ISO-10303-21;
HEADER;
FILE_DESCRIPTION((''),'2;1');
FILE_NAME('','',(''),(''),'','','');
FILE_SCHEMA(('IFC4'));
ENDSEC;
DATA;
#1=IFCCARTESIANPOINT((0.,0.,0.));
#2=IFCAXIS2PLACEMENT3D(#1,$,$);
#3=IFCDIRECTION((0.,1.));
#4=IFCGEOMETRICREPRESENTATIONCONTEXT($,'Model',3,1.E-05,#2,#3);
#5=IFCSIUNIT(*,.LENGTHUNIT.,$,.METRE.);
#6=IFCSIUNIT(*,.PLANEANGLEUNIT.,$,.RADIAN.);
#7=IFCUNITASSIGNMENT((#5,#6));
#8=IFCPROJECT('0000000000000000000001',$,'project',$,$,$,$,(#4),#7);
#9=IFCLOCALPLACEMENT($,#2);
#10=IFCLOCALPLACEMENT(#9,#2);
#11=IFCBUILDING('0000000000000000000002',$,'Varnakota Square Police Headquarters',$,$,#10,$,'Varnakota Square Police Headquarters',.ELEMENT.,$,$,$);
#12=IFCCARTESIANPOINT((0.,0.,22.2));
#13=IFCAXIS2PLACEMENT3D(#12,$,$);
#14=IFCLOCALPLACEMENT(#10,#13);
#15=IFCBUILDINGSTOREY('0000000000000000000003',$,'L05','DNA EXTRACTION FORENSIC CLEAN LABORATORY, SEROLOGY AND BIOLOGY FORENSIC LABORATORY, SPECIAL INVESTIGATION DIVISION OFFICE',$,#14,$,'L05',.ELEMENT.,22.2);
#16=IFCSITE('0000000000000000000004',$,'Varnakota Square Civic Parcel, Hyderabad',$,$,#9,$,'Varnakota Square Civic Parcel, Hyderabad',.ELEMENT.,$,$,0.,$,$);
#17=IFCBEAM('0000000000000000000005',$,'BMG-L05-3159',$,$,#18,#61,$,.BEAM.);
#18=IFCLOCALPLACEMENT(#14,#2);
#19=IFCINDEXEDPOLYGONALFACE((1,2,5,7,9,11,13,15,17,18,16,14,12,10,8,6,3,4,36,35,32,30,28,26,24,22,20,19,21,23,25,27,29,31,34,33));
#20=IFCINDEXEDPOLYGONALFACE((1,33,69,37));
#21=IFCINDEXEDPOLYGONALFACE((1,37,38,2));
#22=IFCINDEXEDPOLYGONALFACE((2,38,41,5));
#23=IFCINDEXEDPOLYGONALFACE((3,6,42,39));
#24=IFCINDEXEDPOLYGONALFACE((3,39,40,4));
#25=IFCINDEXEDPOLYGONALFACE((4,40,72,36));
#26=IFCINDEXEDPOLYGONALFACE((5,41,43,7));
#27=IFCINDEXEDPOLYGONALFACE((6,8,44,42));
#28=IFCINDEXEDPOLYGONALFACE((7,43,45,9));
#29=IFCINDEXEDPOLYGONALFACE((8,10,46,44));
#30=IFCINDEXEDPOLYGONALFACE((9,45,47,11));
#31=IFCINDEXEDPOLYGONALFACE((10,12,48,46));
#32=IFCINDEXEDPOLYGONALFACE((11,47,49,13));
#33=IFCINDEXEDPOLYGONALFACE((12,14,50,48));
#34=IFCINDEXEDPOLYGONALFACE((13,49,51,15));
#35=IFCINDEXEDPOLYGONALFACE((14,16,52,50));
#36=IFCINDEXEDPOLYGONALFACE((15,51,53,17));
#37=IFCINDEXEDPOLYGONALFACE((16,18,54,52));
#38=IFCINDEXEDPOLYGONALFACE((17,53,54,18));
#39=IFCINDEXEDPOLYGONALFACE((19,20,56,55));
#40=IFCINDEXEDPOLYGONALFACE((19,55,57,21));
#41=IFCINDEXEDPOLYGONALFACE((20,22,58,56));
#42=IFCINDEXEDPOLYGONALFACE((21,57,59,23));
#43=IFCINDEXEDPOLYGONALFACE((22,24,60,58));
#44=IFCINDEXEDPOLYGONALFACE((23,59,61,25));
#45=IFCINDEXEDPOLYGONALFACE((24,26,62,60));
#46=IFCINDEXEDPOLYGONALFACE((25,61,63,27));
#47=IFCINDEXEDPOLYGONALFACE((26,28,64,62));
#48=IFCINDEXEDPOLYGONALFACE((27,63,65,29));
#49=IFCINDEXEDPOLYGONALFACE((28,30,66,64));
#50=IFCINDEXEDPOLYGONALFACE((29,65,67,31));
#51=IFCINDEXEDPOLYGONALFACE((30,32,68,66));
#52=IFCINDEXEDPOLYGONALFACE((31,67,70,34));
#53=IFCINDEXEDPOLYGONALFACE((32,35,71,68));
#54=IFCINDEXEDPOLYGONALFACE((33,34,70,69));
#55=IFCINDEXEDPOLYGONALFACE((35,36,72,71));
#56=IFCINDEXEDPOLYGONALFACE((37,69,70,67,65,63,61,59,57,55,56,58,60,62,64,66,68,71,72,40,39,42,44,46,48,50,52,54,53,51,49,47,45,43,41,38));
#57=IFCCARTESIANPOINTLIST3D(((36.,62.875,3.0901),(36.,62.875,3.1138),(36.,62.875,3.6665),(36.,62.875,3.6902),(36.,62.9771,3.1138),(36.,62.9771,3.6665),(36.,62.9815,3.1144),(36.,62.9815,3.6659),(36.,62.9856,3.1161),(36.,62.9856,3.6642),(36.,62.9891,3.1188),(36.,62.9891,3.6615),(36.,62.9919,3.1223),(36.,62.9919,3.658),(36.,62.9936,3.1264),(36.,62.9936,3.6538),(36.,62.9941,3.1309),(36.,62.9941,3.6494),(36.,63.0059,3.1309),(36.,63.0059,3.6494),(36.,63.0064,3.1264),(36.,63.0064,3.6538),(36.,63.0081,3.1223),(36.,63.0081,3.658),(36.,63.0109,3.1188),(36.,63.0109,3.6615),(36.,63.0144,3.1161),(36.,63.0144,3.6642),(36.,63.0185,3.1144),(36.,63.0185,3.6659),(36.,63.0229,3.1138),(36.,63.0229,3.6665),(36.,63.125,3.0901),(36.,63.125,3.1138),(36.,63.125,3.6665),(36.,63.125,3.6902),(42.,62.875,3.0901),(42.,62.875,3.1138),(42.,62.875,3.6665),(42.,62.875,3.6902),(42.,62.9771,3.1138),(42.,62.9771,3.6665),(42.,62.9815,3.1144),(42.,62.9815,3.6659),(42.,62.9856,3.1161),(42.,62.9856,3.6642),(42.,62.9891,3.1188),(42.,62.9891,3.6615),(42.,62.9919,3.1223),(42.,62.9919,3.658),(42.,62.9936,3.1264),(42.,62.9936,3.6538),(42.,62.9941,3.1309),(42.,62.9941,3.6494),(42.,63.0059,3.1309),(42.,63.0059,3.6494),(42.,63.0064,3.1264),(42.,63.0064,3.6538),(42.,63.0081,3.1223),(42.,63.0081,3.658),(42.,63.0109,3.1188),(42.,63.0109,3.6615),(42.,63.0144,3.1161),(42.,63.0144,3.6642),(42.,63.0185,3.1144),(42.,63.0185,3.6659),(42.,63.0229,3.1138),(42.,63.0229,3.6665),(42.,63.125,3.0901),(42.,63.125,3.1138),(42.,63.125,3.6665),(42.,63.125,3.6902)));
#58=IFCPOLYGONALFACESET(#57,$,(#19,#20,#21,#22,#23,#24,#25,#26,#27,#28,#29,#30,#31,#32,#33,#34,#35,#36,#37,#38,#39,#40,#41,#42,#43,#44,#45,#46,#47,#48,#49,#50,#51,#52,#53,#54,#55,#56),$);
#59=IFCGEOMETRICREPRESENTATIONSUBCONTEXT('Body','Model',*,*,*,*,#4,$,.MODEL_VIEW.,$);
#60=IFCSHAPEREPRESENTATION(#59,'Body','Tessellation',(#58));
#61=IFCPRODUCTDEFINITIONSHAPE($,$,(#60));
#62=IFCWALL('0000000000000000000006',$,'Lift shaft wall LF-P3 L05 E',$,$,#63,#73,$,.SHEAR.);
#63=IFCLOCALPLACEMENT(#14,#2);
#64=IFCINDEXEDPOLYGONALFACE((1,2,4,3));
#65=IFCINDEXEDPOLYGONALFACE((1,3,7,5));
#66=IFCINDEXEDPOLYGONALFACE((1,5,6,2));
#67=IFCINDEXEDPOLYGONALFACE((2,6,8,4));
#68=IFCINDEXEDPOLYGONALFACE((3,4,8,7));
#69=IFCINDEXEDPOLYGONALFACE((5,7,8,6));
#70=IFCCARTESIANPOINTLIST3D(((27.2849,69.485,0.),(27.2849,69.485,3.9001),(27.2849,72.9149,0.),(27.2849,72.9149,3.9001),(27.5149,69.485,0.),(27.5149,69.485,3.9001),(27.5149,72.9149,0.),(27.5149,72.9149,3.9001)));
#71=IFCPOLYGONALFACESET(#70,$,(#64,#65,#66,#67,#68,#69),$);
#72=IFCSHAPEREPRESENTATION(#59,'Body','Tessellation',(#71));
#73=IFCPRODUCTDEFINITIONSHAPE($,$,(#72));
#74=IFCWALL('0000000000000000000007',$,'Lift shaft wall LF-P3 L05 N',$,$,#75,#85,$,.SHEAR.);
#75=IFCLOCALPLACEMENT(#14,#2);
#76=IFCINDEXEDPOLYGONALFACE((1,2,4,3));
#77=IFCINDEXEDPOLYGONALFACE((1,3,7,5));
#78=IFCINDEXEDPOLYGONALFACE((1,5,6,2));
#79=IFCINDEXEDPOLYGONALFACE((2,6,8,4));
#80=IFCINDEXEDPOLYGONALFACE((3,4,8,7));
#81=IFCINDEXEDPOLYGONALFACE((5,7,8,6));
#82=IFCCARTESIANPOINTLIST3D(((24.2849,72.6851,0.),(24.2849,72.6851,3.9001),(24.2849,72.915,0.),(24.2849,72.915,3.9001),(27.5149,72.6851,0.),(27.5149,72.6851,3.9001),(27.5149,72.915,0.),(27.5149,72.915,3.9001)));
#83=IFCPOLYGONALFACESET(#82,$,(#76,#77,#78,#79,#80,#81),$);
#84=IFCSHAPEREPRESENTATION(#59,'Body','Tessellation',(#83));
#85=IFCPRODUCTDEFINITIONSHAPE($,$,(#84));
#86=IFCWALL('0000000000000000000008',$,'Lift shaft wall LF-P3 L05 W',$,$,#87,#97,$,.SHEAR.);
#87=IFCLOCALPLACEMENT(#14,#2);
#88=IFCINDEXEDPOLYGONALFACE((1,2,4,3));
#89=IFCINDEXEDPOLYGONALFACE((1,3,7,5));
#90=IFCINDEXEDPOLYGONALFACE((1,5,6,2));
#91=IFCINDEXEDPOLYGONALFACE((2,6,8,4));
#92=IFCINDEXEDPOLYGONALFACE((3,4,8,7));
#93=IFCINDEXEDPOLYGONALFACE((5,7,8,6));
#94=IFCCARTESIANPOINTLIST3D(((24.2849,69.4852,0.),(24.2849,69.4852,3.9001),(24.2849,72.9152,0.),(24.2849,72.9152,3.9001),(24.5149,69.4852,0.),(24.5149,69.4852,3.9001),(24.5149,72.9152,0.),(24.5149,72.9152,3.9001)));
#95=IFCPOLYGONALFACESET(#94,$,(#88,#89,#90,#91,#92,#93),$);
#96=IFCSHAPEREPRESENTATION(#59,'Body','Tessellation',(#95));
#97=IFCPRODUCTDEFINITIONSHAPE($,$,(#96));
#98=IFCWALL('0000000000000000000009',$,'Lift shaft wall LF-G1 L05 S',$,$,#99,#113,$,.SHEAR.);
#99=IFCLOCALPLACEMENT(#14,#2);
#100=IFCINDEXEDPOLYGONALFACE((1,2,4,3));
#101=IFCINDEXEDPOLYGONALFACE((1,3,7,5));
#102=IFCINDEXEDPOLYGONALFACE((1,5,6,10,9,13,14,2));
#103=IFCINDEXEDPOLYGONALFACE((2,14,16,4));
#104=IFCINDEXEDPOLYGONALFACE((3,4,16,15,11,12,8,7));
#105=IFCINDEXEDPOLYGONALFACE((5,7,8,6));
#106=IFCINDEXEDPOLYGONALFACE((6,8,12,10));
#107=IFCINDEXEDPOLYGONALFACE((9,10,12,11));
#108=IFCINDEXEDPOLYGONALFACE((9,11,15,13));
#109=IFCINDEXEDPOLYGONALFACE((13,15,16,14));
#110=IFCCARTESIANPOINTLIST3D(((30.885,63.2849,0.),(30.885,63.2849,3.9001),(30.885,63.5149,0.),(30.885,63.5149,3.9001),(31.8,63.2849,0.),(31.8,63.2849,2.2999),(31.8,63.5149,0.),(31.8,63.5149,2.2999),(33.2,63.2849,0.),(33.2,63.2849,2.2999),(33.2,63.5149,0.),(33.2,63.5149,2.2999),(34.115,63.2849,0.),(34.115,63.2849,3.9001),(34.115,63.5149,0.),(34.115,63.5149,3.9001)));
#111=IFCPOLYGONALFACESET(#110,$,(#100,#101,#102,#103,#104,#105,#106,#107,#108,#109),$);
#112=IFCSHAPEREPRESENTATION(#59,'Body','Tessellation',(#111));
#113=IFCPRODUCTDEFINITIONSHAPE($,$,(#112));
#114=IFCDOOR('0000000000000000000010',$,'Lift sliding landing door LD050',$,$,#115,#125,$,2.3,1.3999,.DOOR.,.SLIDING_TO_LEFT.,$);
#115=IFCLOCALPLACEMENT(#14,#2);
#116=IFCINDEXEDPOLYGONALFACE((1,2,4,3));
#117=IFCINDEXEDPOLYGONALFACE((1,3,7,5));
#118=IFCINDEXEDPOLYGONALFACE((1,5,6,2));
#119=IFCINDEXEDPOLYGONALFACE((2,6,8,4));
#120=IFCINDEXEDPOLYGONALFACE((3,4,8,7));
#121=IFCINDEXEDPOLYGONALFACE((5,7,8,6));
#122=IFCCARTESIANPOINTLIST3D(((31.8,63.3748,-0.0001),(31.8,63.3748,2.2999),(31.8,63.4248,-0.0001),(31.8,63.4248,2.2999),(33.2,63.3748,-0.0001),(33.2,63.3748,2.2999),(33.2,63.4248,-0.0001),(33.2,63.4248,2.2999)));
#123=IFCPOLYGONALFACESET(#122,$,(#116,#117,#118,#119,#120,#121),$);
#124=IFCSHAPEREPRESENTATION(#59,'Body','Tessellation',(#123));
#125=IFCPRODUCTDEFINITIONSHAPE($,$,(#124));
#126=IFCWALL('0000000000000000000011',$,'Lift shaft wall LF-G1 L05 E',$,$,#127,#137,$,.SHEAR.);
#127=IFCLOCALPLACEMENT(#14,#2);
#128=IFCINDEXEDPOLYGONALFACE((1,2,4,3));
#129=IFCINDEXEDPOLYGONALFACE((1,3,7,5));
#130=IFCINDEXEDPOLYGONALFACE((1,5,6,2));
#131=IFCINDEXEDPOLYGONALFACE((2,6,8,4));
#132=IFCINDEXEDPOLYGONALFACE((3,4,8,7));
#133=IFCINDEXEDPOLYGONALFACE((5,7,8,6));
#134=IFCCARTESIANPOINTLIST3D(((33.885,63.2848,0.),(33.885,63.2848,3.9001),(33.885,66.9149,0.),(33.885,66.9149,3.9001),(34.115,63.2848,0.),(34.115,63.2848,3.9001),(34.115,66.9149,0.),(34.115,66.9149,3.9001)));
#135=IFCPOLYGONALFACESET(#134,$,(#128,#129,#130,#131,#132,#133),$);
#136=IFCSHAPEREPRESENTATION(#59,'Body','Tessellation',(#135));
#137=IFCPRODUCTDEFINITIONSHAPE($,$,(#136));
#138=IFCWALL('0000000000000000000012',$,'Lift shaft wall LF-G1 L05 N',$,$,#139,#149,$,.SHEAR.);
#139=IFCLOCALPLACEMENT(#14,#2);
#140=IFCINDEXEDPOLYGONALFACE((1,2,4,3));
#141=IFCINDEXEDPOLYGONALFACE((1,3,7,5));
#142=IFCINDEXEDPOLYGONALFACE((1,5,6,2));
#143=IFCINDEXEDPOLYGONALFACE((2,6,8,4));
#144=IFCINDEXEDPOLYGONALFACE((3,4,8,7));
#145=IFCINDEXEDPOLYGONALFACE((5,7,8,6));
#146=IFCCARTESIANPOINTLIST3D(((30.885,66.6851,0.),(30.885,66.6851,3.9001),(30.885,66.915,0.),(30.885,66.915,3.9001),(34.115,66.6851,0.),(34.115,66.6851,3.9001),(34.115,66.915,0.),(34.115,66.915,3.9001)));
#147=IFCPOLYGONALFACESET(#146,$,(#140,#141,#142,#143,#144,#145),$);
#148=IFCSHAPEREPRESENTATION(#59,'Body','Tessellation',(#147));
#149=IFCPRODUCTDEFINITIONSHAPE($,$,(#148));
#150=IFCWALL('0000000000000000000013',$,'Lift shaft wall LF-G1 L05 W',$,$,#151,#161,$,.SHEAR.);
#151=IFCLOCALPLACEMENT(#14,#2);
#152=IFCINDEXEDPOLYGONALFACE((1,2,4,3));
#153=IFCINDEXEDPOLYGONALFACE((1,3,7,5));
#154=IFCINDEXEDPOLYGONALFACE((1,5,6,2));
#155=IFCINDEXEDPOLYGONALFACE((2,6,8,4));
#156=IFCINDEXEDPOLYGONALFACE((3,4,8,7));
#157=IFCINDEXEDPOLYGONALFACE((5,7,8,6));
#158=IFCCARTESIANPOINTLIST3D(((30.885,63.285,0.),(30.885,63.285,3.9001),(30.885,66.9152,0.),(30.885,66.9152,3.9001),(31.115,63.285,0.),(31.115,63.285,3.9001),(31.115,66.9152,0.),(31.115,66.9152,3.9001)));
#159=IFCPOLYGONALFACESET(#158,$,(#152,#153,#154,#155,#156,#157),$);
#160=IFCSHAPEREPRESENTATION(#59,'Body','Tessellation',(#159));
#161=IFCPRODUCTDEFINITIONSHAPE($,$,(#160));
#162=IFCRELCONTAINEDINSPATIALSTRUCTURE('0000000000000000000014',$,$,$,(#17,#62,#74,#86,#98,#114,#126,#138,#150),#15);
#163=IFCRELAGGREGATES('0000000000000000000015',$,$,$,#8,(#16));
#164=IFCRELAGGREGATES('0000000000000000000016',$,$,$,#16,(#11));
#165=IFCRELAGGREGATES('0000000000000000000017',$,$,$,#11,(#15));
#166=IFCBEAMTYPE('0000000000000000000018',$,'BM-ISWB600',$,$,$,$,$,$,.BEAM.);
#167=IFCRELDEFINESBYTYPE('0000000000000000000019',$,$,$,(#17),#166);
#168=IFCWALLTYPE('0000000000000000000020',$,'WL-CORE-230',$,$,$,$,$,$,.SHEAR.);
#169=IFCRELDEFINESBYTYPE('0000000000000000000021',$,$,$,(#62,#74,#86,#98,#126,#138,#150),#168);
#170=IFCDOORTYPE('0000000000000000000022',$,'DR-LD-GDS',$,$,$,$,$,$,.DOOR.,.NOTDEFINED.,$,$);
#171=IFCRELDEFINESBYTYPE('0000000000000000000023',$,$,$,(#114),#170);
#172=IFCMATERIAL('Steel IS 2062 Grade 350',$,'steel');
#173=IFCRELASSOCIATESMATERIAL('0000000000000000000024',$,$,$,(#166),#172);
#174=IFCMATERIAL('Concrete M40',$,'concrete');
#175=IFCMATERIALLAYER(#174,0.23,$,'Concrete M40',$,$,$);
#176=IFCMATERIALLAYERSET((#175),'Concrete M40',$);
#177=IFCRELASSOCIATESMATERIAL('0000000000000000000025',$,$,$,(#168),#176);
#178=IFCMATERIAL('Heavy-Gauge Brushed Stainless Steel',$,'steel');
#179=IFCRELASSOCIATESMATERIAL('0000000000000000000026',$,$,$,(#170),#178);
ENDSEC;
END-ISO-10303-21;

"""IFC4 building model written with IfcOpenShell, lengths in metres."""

from ifc_helpers import new_model, si_unit, direction, frame, frame_2d, origin, origin_2d, place, context, subcontext, project, spatial, rectangle, i_section, extrude, material, layer, layer_set, material_profile, profile_set, type_object, element, fill, save


model = new_model("IFC4")

# Units and contexts
model_context = context("Model", 3, precision=1e-05, world=origin(), true_north=direction((0.0, 1.0)))
body_context = subcontext(model_context, "Body", "Model", "MODEL_VIEW")
ifc_project = project(units=[si_unit("LENGTHUNIT", "METRE"), si_unit("PLANEANGLEUNIT", "RADIAN")], contexts=[model_context])

# Site, building, storey
site_placement = place(None, origin())
site = spatial("IfcSite", under=ifc_project, at=site_placement, Name="Varnakota Square Civic Parcel, Hyderabad", LongName="Varnakota Square Civic Parcel, Hyderabad", CompositionType="ELEMENT", RefElevation=0.0)
building_placement = place(site_placement, origin())
building = spatial("IfcBuilding", under=site, at=building_placement, Name="Varnakota Square Police Headquarters", LongName="Varnakota Square Police Headquarters", CompositionType="ELEMENT")
storey_placement = place(building_placement, frame((0.0, 0.0, 22.2)))
storey = spatial("IfcBuildingStorey", under=building, at=storey_placement, Name="L05", Description="DNA EXTRACTION FORENSIC CLEAN LABORATORY, SEROLOGY AND BIOLOGY FORENSIC LABORATORY, SPECIAL INVESTIGATION DIVISION OFFICE", LongName="L05", CompositionType="ELEMENT", Elevation=22.2)

# Shared definitions
ifc_material_1 = material(Name="Steel IS 2062 Grade 350", Category="steel")

# Beam
ifc_material_profile_1 = material_profile(ifc_material_1, i_section(OverallWidth=0.25, OverallDepth=0.6001, WebThickness=0.0117, FlangeThickness=0.0237, FilletRadius=0.0171, at=origin_2d()), Name="ISWB 600")
ifc_profile_set_1 = profile_set([ifc_material_profile_1], Name="Steel IS 2062 Grade 350")
beam_type_1 = type_object("IfcBeamType", Name="BM-ISWB600", PredefinedType="BEAM", material=ifc_profile_set_1)
beam_1_placement = place(storey_placement, frame((36.0, 63.0, 3.3901), z_axis=(1.0, 0.0, 0.0), x_axis=(0.0, 1.0, 0.0)))
element("IfcBeam", 1, at=beam_1_placement, inside=storey, type_object=beam_type_1, Name="BMG-L05-3159", PredefinedType="BEAM", context=body_context, shape_type="SweptSolid", body=[
    extrude(i_section(OverallWidth=0.25, OverallDepth=0.6001, WebThickness=0.0117, FlangeThickness=0.0237, FilletRadius=0.0171, at=origin_2d()), origin(), (0.0, 0.0, 1.0), 6.0),
])

# Shared definitions
ifc_material_2 = material(Name="Concrete M40", Category="concrete")
ifc_layer_1 = layer(ifc_material_2, 0.23, Name="Concrete M40")
ifc_layer_set_1 = layer_set([ifc_layer_1], Name="Concrete M40")
wall_type_1 = type_object("IfcWallType", Name="WL-CORE-230", PredefinedType="SHEAR", material=ifc_layer_set_1)

# Walls
wall_1_placement = place(storey_placement, frame((27.3999, 69.4851, 0.0), z_axis=(0.0, 0.0, 1.0), x_axis=(0.0, 1.0, 0.0)))
element("IfcWall", 2, at=wall_1_placement, inside=storey, type_object=wall_type_1, Name="Lift shaft wall LF-P3 L05 E", PredefinedType="SHEAR", context=body_context, shape_type="SweptSolid", body=[
    extrude(rectangle(XDim=3.4299, YDim=0.23, at=frame_2d((1.7148, 0.0))), origin(), (0.0, 0.0, 1.0), 3.9001),
])
wall_2_placement = place(storey_placement, frame((27.5149, 72.8, 0.0), z_axis=(0.0, 0.0, 1.0), x_axis=(-1.0, 0.0, 0.0)))
element("IfcWall", 3, at=wall_2_placement, inside=storey, type_object=wall_type_1, Name="Lift shaft wall LF-P3 L05 N", PredefinedType="SHEAR", context=body_context, shape_type="SweptSolid", body=[
    extrude(rectangle(XDim=3.23, YDim=0.23, at=frame_2d((1.615, 0.0))), origin(), (0.0, 0.0, 1.0), 3.9001),
])
wall_3_placement = place(storey_placement, frame((24.3999, 72.915, 0.0), z_axis=(0.0, 0.0, 1.0), x_axis=(0.0, -1.0, 0.0)))
element("IfcWall", 4, at=wall_3_placement, inside=storey, type_object=wall_type_1, Name="Lift shaft wall LF-P3 L05 W", PredefinedType="SHEAR", context=body_context, shape_type="SweptSolid", body=[
    extrude(rectangle(XDim=3.4299, YDim=0.23, at=frame_2d((1.7148, 0.0))), origin(), (0.0, 0.0, 1.0), 3.9001),
])

# Wall, opening, door
wall_4_placement = place(storey_placement, frame((30.885, 63.3999, 0.0), z_axis=(0.0, 0.0, 1.0), x_axis=(1.0, 0.0, 0.0)))
wall_4 = element("IfcWall", 5, at=wall_4_placement, inside=storey, type_object=wall_type_1, Name="Lift shaft wall LF-G1 L05 S", PredefinedType="SHEAR", context=body_context, shape_type="SweptSolid", body=[
    extrude(rectangle(XDim=3.23, YDim=0.23, at=frame_2d((1.615, 0.0))), origin(), (0.0, 0.0, 1.0), 3.9001),
])
opening_1_placement = place(wall_4_placement, frame((0.915, 0.0, 0.0)))
opening_1 = element("IfcOpeningElement", 6, at=opening_1_placement, cuts=wall_4, PredefinedType="OPENING", context=body_context, shape_type="SweptSolid", body=[
    extrude(rectangle(XDim=1.3999, YDim=2.3, at=frame_2d((0.7, 1.1499))), frame((0.0, 0.125, 0.0), z_axis=(0.0, -1.0, 0.0), x_axis=(1.0, 0.0, 0.0)), (0.0, 0.0, 1.0), 0.25),
])
ifc_material_3 = material(Name="Heavy-Gauge Brushed Stainless Steel", Category="steel")
door_type_1 = type_object("IfcDoorType", Name="DR-LD-GDS", OperationType="NOTDEFINED", PredefinedType="DOOR", material=ifc_material_3)
door_1_placement = place(opening_1_placement, origin())
door_1 = element("IfcDoor", 7, at=door_1_placement, inside=storey, type_object=door_type_1, Name="Lift sliding landing door LD050", OperationType="SLIDING_TO_LEFT", OverallHeight=2.3, OverallWidth=1.3999, PredefinedType="DOOR", context=body_context, shape_type="SweptSolid", body=[
    extrude(rectangle(XDim=1.3999, YDim=2.3, at=frame_2d((0.7, 1.1499))), frame((0.0, 0.0249, 0.0), z_axis=(0.0, -1.0, 0.0), x_axis=(1.0, 0.0, 0.0)), (0.0, 0.0, 1.0), 0.05),
])
fill(opening_1, door_1)

# Walls
wall_5_placement = place(storey_placement, frame((34.0, 63.2849, 0.0), z_axis=(0.0, 0.0, 1.0), x_axis=(0.0, 1.0, 0.0)))
element("IfcWall", 8, at=wall_5_placement, inside=storey, type_object=wall_type_1, Name="Lift shaft wall LF-G1 L05 E", PredefinedType="SHEAR", context=body_context, shape_type="SweptSolid", body=[
    extrude(rectangle(XDim=3.6301, YDim=0.23, at=frame_2d((1.8149, 0.0))), origin(), (0.0, 0.0, 1.0), 3.9001),
])
wall_6_placement = place(storey_placement, frame((34.115, 66.8, 0.0), z_axis=(0.0, 0.0, 1.0), x_axis=(-1.0, 0.0, 0.0)))
element("IfcWall", 9, at=wall_6_placement, inside=storey, type_object=wall_type_1, Name="Lift shaft wall LF-G1 L05 N", PredefinedType="SHEAR", context=body_context, shape_type="SweptSolid", body=[
    extrude(rectangle(XDim=3.23, YDim=0.23, at=frame_2d((1.615, 0.0))), origin(), (0.0, 0.0, 1.0), 3.9001),
])
wall_7_placement = place(storey_placement, frame((31.0, 66.915, 0.0), z_axis=(0.0, 0.0, 1.0), x_axis=(0.0, -1.0, 0.0)))
element("IfcWall", 10, at=wall_7_placement, inside=storey, type_object=wall_type_1, Name="Lift shaft wall LF-G1 L05 W", PredefinedType="SHEAR", context=body_context, shape_type="SweptSolid", body=[
    extrude(rectangle(XDim=3.6301, YDim=0.23, at=frame_2d((1.8149, 0.0))), origin(), (0.0, 0.0, 1.0), 3.9001),
])

save(model, "model.ifc")
